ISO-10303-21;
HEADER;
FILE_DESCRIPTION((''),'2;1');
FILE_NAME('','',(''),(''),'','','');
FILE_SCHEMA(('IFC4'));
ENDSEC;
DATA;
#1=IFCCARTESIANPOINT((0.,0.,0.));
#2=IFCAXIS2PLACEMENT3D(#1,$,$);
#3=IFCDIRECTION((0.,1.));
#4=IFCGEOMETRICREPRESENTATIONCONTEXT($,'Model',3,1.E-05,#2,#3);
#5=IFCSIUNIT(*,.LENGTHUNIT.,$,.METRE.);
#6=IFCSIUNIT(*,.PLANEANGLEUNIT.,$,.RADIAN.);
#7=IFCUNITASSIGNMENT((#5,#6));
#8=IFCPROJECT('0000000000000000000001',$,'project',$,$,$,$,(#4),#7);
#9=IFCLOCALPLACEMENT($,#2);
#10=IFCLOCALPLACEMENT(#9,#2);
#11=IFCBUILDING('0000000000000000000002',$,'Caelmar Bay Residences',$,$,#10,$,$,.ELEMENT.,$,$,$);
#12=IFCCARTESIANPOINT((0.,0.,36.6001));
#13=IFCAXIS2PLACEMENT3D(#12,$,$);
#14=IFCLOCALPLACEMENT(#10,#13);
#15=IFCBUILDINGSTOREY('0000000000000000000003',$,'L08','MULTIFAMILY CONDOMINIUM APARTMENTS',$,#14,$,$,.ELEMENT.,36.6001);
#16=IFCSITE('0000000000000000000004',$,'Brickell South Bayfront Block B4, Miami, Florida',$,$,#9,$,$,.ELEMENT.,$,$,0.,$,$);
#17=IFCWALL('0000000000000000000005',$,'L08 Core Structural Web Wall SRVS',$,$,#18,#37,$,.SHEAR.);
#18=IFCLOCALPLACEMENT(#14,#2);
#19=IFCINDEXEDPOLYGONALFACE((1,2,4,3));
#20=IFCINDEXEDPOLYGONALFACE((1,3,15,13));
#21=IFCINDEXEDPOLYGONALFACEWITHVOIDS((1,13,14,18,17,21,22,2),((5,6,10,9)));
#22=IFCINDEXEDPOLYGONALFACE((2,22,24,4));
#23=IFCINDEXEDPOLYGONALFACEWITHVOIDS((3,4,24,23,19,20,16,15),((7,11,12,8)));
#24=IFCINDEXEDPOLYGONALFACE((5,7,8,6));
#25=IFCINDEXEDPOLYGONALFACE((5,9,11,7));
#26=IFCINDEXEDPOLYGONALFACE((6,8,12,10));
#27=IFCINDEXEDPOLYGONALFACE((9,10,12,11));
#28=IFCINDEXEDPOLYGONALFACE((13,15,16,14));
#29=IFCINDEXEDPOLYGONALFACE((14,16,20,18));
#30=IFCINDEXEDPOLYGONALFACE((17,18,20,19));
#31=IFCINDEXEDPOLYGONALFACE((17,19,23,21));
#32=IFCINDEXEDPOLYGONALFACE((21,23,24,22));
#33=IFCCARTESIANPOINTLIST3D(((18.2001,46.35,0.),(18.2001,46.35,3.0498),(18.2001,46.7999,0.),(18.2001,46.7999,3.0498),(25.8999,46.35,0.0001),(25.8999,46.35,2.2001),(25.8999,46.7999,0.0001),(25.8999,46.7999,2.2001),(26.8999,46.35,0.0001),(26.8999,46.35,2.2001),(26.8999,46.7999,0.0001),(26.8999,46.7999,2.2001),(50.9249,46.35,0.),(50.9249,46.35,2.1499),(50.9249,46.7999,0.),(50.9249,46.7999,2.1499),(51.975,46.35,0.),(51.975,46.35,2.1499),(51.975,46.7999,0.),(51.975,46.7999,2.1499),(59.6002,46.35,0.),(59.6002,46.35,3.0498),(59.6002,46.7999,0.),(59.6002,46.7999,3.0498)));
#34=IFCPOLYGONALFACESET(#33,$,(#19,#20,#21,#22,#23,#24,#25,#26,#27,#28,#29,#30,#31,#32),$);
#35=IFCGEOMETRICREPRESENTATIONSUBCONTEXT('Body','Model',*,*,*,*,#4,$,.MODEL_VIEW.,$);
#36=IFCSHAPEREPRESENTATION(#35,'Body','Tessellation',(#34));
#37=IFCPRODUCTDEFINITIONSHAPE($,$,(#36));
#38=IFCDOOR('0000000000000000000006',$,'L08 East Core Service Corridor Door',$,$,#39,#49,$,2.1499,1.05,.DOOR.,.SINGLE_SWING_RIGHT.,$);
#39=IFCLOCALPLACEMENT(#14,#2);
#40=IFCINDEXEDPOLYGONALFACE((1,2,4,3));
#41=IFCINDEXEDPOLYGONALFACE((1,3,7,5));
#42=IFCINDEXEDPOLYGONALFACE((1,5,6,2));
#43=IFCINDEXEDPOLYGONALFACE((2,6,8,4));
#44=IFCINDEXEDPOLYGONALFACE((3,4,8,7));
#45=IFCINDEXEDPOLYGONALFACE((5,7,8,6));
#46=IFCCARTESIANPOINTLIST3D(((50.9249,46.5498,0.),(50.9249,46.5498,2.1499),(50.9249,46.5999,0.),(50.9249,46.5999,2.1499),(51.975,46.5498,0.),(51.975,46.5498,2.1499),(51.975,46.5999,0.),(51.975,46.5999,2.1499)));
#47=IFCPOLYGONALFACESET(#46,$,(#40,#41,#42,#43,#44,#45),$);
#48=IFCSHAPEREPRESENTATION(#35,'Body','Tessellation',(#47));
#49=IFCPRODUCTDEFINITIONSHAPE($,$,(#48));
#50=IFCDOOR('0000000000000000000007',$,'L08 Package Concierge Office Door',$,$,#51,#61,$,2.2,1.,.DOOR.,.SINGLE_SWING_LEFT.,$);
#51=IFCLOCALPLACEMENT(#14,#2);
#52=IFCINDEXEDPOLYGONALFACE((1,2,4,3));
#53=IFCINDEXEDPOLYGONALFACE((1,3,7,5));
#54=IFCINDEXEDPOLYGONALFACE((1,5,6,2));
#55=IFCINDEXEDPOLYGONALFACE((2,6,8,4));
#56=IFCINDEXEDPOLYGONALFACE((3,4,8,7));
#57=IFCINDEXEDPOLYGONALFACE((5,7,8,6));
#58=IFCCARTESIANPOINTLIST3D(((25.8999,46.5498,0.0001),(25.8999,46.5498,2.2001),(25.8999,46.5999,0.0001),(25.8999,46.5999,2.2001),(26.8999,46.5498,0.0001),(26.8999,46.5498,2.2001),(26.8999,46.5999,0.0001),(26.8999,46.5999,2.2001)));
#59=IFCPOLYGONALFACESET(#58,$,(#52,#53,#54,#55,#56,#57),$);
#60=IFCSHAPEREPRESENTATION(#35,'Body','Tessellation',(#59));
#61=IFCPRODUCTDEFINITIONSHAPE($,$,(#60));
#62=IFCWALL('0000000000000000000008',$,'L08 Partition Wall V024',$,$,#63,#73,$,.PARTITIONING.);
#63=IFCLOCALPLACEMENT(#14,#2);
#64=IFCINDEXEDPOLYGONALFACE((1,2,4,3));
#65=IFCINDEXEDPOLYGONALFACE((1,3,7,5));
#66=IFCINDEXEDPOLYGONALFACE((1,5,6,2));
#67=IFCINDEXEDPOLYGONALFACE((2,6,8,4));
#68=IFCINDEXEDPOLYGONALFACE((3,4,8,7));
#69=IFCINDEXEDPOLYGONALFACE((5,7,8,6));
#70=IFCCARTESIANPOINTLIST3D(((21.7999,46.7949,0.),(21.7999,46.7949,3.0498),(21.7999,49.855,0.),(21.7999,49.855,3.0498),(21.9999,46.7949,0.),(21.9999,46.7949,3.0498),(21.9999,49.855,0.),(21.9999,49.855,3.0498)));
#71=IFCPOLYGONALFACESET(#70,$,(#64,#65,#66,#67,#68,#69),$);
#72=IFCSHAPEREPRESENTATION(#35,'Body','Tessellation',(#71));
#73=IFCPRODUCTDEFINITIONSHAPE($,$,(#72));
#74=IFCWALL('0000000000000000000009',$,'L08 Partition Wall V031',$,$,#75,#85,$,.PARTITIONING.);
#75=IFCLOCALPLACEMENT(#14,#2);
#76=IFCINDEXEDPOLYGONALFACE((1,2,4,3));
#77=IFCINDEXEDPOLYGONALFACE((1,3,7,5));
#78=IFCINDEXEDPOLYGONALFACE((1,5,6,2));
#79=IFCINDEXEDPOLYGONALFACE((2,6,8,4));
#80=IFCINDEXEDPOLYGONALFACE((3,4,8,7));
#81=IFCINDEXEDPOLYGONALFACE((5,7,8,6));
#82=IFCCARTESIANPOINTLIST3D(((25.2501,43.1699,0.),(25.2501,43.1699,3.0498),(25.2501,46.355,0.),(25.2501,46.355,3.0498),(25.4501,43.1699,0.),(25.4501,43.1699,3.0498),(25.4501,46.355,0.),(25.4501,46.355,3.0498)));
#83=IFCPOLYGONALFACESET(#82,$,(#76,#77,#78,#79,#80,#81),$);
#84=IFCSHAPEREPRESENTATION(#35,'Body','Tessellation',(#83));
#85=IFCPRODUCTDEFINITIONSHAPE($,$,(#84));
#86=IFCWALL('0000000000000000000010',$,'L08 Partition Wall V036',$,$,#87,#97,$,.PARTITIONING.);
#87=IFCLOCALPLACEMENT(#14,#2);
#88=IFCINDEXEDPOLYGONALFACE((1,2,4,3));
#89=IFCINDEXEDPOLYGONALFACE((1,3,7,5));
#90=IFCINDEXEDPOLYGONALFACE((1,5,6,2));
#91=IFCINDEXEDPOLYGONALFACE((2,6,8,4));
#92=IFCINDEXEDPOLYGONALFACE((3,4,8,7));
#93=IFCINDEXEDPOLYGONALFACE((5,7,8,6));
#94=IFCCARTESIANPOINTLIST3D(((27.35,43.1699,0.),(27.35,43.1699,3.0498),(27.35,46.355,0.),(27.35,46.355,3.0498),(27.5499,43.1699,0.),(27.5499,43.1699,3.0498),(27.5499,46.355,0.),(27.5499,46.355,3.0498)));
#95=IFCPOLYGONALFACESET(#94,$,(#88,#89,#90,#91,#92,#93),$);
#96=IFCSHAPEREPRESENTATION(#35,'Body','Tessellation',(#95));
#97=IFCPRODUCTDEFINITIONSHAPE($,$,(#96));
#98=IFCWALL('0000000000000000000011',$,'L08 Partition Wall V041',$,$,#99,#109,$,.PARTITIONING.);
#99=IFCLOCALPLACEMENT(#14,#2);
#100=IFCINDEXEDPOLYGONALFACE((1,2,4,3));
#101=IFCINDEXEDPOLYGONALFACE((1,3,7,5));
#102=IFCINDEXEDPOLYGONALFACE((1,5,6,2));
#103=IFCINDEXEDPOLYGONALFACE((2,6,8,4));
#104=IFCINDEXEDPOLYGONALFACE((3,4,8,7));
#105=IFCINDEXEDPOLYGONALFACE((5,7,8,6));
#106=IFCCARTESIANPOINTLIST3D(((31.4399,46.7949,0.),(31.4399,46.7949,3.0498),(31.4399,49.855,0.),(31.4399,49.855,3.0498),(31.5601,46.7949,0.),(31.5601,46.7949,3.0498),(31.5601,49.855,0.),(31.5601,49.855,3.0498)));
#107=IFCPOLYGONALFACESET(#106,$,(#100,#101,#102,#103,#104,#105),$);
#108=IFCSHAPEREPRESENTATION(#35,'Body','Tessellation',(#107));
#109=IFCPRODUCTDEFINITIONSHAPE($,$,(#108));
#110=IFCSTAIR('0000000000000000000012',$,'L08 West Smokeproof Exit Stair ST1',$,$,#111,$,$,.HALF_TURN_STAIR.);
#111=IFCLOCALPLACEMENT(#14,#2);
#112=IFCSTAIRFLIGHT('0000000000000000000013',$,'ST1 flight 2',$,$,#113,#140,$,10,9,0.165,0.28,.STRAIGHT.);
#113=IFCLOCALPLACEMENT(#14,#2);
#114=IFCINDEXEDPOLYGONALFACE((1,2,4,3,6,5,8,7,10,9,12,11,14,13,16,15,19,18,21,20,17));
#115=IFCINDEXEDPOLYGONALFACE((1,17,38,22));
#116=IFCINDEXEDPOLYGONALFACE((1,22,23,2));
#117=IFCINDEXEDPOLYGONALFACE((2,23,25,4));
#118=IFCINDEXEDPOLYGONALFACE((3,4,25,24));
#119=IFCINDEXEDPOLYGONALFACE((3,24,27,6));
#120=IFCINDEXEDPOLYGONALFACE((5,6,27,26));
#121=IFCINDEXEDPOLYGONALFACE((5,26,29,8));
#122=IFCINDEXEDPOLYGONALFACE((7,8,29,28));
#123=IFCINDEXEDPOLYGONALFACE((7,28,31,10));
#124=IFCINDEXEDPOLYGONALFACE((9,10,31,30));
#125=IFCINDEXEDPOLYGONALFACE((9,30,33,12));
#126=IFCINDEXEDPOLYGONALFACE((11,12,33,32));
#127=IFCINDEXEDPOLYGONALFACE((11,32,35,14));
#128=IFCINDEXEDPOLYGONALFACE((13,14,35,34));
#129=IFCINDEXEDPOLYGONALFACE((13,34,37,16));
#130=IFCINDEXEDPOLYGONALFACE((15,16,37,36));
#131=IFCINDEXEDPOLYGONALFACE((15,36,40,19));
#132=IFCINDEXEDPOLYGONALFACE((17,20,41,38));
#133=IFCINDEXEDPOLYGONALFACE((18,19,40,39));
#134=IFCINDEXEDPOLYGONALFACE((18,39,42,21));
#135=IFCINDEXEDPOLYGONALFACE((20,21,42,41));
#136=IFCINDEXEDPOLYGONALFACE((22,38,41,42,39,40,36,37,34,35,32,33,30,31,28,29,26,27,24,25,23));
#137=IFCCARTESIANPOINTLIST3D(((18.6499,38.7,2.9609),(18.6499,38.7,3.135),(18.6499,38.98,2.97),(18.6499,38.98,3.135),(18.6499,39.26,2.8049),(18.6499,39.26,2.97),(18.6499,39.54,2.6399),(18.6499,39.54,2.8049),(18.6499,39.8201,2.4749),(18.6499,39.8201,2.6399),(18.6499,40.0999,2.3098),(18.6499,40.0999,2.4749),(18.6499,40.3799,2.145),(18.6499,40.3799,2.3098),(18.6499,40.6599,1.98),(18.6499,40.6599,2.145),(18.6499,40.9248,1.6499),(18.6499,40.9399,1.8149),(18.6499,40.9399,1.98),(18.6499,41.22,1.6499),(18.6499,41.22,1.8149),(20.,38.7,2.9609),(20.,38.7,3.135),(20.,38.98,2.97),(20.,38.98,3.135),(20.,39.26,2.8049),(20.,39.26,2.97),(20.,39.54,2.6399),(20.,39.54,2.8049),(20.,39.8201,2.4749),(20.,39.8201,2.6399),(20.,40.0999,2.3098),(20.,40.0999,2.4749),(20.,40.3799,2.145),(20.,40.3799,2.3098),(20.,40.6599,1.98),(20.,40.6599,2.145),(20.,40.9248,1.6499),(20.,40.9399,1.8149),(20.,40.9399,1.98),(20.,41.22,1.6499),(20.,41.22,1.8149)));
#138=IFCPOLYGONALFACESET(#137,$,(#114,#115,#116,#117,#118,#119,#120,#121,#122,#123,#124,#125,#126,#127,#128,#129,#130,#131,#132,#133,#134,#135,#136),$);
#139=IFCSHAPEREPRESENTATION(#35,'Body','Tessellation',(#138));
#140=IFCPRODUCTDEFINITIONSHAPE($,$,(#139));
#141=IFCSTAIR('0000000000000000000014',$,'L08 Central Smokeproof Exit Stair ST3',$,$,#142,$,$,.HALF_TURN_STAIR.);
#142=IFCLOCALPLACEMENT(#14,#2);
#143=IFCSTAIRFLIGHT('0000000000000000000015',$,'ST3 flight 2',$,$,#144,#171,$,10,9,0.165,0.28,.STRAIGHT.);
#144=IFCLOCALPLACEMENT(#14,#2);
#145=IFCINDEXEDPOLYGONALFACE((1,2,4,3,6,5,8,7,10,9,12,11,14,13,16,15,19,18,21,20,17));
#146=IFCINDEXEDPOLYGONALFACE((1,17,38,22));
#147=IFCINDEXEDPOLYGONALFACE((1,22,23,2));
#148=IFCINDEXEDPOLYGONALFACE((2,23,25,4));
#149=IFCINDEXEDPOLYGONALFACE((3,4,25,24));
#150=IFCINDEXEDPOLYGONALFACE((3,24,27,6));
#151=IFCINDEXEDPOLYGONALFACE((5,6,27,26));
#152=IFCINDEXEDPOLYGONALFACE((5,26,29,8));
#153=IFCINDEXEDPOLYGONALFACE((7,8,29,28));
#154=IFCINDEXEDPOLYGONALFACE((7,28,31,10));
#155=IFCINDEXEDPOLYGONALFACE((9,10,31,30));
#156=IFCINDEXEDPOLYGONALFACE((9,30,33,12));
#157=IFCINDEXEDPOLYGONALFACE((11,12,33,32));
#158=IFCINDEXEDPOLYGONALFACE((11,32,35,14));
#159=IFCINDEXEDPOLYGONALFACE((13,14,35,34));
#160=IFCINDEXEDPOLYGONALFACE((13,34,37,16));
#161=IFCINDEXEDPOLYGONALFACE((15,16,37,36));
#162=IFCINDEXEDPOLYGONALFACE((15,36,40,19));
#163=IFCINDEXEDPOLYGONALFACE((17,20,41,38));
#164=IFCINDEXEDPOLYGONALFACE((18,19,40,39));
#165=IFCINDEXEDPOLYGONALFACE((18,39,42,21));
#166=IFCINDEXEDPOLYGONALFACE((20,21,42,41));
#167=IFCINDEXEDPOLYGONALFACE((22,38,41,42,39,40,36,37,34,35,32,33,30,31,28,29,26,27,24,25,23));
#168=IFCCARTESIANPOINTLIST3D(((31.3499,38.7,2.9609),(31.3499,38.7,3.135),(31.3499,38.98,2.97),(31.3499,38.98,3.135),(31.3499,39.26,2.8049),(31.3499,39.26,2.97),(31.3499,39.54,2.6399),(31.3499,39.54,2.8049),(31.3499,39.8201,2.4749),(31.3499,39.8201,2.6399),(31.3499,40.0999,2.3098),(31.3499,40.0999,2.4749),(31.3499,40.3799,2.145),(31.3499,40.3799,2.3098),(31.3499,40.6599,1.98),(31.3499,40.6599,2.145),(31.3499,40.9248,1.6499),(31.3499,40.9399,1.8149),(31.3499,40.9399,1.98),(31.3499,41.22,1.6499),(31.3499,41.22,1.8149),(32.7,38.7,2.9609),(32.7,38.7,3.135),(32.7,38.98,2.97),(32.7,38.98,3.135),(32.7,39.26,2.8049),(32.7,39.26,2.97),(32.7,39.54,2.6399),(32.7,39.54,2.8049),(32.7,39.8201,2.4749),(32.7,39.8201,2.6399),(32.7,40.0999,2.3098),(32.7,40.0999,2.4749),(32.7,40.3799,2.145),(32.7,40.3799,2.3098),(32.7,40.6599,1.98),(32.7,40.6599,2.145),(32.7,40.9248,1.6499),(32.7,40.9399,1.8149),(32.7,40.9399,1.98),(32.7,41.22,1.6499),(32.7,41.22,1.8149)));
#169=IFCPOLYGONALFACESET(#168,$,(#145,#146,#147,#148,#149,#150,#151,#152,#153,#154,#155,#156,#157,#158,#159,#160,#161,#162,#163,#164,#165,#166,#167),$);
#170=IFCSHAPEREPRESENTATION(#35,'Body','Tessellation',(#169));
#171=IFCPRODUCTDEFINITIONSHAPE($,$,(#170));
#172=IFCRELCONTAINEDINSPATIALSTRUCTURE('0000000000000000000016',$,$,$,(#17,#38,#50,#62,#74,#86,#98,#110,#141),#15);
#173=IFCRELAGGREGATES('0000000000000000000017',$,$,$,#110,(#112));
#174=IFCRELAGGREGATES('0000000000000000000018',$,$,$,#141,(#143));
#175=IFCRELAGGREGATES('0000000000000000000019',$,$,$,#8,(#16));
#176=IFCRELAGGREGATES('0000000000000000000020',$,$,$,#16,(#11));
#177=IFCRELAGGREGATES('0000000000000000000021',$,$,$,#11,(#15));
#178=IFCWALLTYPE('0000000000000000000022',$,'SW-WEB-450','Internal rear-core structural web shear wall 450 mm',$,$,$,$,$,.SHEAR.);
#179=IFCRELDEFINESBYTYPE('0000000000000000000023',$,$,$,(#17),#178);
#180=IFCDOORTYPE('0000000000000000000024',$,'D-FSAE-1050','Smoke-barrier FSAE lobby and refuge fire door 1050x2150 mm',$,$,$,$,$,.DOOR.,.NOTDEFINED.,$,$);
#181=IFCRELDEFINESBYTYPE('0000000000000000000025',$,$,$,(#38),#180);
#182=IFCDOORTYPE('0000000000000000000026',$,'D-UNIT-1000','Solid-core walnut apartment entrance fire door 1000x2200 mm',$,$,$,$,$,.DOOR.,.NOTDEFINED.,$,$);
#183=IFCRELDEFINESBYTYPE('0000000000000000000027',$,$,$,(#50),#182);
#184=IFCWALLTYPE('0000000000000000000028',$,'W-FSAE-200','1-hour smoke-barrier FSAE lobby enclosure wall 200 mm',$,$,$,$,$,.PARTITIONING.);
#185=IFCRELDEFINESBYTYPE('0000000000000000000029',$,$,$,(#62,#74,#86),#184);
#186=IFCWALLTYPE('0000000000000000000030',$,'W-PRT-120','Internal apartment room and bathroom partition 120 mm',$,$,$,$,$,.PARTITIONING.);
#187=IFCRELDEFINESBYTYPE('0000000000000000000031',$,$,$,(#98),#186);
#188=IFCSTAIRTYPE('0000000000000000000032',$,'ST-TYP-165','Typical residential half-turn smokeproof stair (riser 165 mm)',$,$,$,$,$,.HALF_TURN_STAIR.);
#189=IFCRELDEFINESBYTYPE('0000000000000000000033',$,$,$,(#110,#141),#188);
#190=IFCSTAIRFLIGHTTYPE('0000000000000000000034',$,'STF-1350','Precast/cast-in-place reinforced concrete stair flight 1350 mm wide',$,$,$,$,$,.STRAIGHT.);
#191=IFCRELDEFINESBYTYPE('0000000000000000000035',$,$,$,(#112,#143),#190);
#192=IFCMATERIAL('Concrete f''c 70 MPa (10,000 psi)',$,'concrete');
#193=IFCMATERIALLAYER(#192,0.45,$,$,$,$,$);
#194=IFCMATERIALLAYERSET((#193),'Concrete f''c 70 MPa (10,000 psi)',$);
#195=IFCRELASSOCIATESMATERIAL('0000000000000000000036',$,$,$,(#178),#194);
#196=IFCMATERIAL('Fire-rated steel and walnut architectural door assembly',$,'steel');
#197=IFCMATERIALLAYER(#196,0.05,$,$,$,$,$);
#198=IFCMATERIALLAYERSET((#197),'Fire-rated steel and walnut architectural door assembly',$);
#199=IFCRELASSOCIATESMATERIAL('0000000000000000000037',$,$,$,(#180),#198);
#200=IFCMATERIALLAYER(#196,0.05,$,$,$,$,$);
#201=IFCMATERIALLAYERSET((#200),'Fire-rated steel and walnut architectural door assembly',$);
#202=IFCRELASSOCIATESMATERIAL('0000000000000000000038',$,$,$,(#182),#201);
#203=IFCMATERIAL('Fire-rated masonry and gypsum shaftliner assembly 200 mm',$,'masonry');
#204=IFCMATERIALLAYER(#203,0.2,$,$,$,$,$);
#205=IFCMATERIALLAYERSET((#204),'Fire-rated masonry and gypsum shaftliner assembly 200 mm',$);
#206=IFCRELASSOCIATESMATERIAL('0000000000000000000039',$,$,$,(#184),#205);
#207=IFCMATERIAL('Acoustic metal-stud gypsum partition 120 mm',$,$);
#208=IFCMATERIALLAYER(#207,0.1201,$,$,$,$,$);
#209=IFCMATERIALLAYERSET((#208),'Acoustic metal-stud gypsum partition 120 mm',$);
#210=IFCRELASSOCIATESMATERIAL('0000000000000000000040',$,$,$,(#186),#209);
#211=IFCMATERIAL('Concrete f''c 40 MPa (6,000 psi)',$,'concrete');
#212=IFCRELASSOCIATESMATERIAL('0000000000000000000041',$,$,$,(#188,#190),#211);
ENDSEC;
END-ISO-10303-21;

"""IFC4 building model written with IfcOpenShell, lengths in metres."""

from ifc_helpers import new_model, si_unit, direction, frame, frame_2d, origin, place, context, subcontext, project, spatial, polyline, rectangle, outline, extrude, material, layer, layer_set, type_object, element, fill, aggregate, save


model = new_model("IFC4")

# Units and contexts
model_context = context("Model", 3, precision=1e-05, world=origin(), true_north=direction((0.0, 1.0)))
body_context = subcontext(model_context, "Body", "Model", "MODEL_VIEW")
ifc_project = project(units=[si_unit("LENGTHUNIT", "METRE"), si_unit("PLANEANGLEUNIT", "RADIAN")], contexts=[model_context])

# Site, building, storey
site_placement = place(None, origin())
site = spatial("IfcSite", under=ifc_project, at=site_placement, Name="Brickell South Bayfront Block B4, Miami, Florida", CompositionType="ELEMENT", RefElevation=0.0)
building_placement = place(site_placement, origin())
building = spatial("IfcBuilding", under=site, at=building_placement, Name="Caelmar Bay Residences", CompositionType="ELEMENT")
storey_placement = place(building_placement, frame((0.0, 0.0, 36.6001)))
storey = spatial("IfcBuildingStorey", under=building, at=storey_placement, Name="L08", Description="MULTIFAMILY CONDOMINIUM APARTMENTS", CompositionType="ELEMENT", Elevation=36.6001)

# Wall, openings, doors
ifc_material_1 = material(Name="Concrete f'c 70 MPa (10,000 psi)", Category="concrete")
ifc_layer_1 = layer(ifc_material_1, 0.45)
ifc_layer_set_1 = layer_set([ifc_layer_1], Name="Concrete f'c 70 MPa (10,000 psi)")
wall_type_1 = type_object("IfcWallType", Name="SW-WEB-450", Description="Internal rear-core structural web shear wall 450 mm", PredefinedType="SHEAR", material=ifc_layer_set_1)
ifc_material_2 = material(Name="Fire-rated steel and walnut architectural door assembly", Category="steel")
ifc_layer_2 = layer(ifc_material_2, 0.05)
ifc_layer_set_2 = layer_set([ifc_layer_2], Name="Fire-rated steel and walnut architectural door assembly")
door_type_1 = type_object("IfcDoorType", Name="D-FSAE-1050", Description="Smoke-barrier FSAE lobby and refuge fire door 1050x2150 mm", OperationType="NOTDEFINED", PredefinedType="DOOR", material=ifc_layer_set_2)
wall_1_placement = place(storey_placement, frame((18.2, 46.575, 0.0), z_axis=(0.0, 0.0, 1.0), x_axis=(1.0, 0.0, 0.0)))
wall_1 = element("IfcWall", 1, at=wall_1_placement, inside=storey, type_object=wall_type_1, Name="L08 Core Structural Web Wall SRVS", PredefinedType="SHEAR", context=body_context, shape_type="SweptSolid", body=[
    extrude(rectangle(XDim=41.4001, YDim=0.45, at=frame_2d((20.7002, 0.0))), origin(), (0.0, 0.0, 1.0), 3.0498),
])
opening_1_placement = place(wall_1_placement, frame((7.7, 0.0, 0.0)))
opening_1 = element("IfcOpeningElement", 2, at=opening_1_placement, cuts=wall_1, PredefinedType="OPENING", context=body_context, shape_type="SweptSolid", body=[
    extrude(rectangle(XDim=1.0, YDim=2.2, at=frame_2d((0.5, 1.1001))), frame((0.0, 0.2349, 0.0), z_axis=(0.0, -1.0, 0.0), x_axis=(1.0, 0.0, 0.0)), (0.0, 0.0, 1.0), 0.47),
])
opening_2_placement = place(wall_1_placement, frame((32.7251, 0.0, 0.0)))
opening_2 = element("IfcOpeningElement", 3, at=opening_2_placement, cuts=wall_1, PredefinedType="OPENING", context=body_context, shape_type="SweptSolid", body=[
    extrude(rectangle(XDim=1.05, YDim=2.1499, at=frame_2d((0.5249, 1.075))), frame((0.0, 0.2349, 0.0), z_axis=(0.0, -1.0, 0.0), x_axis=(1.0, 0.0, 0.0)), (0.0, 0.0, 1.0), 0.47),
])
door_1_placement = place(opening_2_placement, origin())
door_1 = element("IfcDoor", 4, at=door_1_placement, inside=storey, type_object=door_type_1, Name="L08 East Core Service Corridor Door", OperationType="SINGLE_SWING_RIGHT", OverallHeight=2.1499, OverallWidth=1.05, PredefinedType="DOOR", context=body_context, shape_type="SweptSolid", body=[
    extrude(rectangle(XDim=1.05, YDim=2.1499, at=frame_2d((0.5249, 1.075))), frame((0.0, 0.0249, 0.0), z_axis=(0.0, -1.0, 0.0), x_axis=(1.0, 0.0, 0.0)), (0.0, 0.0, 1.0), 0.05),
])
fill(opening_2, door_1)
ifc_layer_3 = layer(ifc_material_2, 0.05)
ifc_layer_set_3 = layer_set([ifc_layer_3], Name="Fire-rated steel and walnut architectural door assembly")
door_type_2 = type_object("IfcDoorType", Name="D-UNIT-1000", Description="Solid-core walnut apartment entrance fire door 1000x2200 mm", OperationType="NOTDEFINED", PredefinedType="DOOR", material=ifc_layer_set_3)
door_2_placement = place(opening_1_placement, origin())
door_2 = element("IfcDoor", 5, at=door_2_placement, inside=storey, type_object=door_type_2, Name="L08 Package Concierge Office Door", OperationType="SINGLE_SWING_LEFT", OverallHeight=2.2, OverallWidth=1.0, PredefinedType="DOOR", context=body_context, shape_type="SweptSolid", body=[
    extrude(rectangle(XDim=1.0, YDim=2.2, at=frame_2d((0.5, 1.1001))), frame((0.0, 0.0249, 0.0), z_axis=(0.0, -1.0, 0.0), x_axis=(1.0, 0.0, 0.0)), (0.0, 0.0, 1.0), 0.05),
])
fill(opening_1, door_2)

# Walls
ifc_material_3 = material(Name="Fire-rated masonry and gypsum shaftliner assembly 200 mm", Category="masonry")
ifc_layer_4 = layer(ifc_material_3, 0.2)
ifc_layer_set_4 = layer_set([ifc_layer_4], Name="Fire-rated masonry and gypsum shaftliner assembly 200 mm")
wall_type_2 = type_object("IfcWallType", Name="W-FSAE-200", Description="1-hour smoke-barrier FSAE lobby enclosure wall 200 mm", PredefinedType="PARTITIONING", material=ifc_layer_set_4)
wall_2_placement = place(storey_placement, frame((21.8999, 46.7949, 0.0), z_axis=(0.0, 0.0, 1.0), x_axis=(0.0, 1.0, 0.0)))
element("IfcWall", 6, at=wall_2_placement, inside=storey, type_object=wall_type_2, Name="L08 Partition Wall V024", PredefinedType="PARTITIONING", context=body_context, shape_type="SweptSolid", body=[
    extrude(rectangle(XDim=3.0601, YDim=0.2, at=frame_2d((1.53, 0.0))), origin(), (0.0, 0.0, 1.0), 3.0498),
])
for number, where, z_axis, x_axis, name in (
    (7, (25.3501, 43.1699, 0.0), (0.0, 0.0, 1.0), (0.0, 1.0, 0.0), "L08 Partition Wall V031"),
    (8, (27.45, 43.1699, 0.0), (0.0, 0.0, 1.0), (0.0, 1.0, 0.0), "L08 Partition Wall V036"),
):
    element("IfcWall", number, at=place(storey_placement, frame(where, z_axis=z_axis, x_axis=x_axis)), inside=storey, type_object=wall_type_2, Name=name, PredefinedType="PARTITIONING", context=body_context, shape_type="SweptSolid", body=[
        extrude(rectangle(XDim=3.1851, YDim=0.2, at=frame_2d((1.5925, 0.0))), origin(), (0.0, 0.0, 1.0), 3.0498),
    ])
ifc_material_4 = material(Name="Acoustic metal-stud gypsum partition 120 mm")
ifc_layer_5 = layer(ifc_material_4, 0.1201)
ifc_layer_set_5 = layer_set([ifc_layer_5], Name="Acoustic metal-stud gypsum partition 120 mm")
wall_type_3 = type_object("IfcWallType", Name="W-PRT-120", Description="Internal apartment room and bathroom partition 120 mm", PredefinedType="PARTITIONING", material=ifc_layer_set_5)
wall_3_placement = place(storey_placement, frame((31.5, 46.7949, 0.0), z_axis=(0.0, 0.0, 1.0), x_axis=(0.0, 1.0, 0.0)))
element("IfcWall", 9, at=wall_3_placement, inside=storey, type_object=wall_type_3, Name="L08 Partition Wall V041", PredefinedType="PARTITIONING", context=body_context, shape_type="SweptSolid", body=[
    extrude(rectangle(XDim=3.0601, YDim=0.1201, at=frame_2d((1.53, 0.0))), origin(), (0.0, 0.0, 1.0), 3.0498),
])

# Stairs, stair flights
ifc_material_5 = material(Name="Concrete f'c 40 MPa (6,000 psi)", Category="concrete")
stair_type = type_object("IfcStairType", Name="ST-TYP-165", Description="Typical residential half-turn smokeproof stair (riser 165 mm)", PredefinedType="HALF_TURN_STAIR", material=ifc_material_5)
stair_1_placement = place(storey_placement, origin())
stair_1 = element("IfcStair", 10, at=stair_1_placement, inside=storey, type_object=stair_type, Name="L08 West Smokeproof Exit Stair ST1", PredefinedType="HALF_TURN_STAIR")
stair_flight_type = type_object("IfcStairFlightType", Name="STF-1350", Description="Precast/cast-in-place reinforced concrete stair flight 1350 mm wide", PredefinedType="STRAIGHT", material=ifc_material_5)
stair_flight_1_placement = place(storey_placement, frame((19.325, 41.22, 1.6499), z_axis=(0.0, 0.0, 1.0), x_axis=(0.0, -1.0, 0.0)))
stair_flight_1 = element("IfcStairFlight", 11, at=stair_flight_1_placement, type_object=stair_flight_type, Name="ST1 flight 2", NumberOfRisers=10, NumberOfTreads=9, PredefinedType="STRAIGHT", RiserHeight=0.165, TreadLength=0.28, context=body_context, shape_type="SweptSolid", body=[
    extrude(outline(polyline([(0.0, 0.0), (0.0, 0.165), (0.28, 0.165), (0.28, 0.3301), (0.5601, 0.3301), (0.5601, 0.4951), (0.8401, 0.4951), (0.8401, 0.6599), (1.1201, 0.6599), (1.1201, 0.825), (1.3999, 0.825), (1.3999, 0.99), (1.6799, 0.99), (1.6799, 1.155), (1.96, 1.155), (1.96, 1.3201), (2.24, 1.3201), (2.24, 1.4851), (2.52, 1.4851), (2.52, 1.6499), (2.52, 1.311), (0.2952, 0.0), (0.0, 0.0)])), frame((0.0, 0.675, 0.0), z_axis=(0.0, -1.0, 0.0), x_axis=(1.0, 0.0, 0.0)), (0.0, 0.0, 1.0), 1.3501),
])
aggregate(stair_1, [stair_flight_1])
stair_2_placement = place(storey_placement, origin())
stair_2 = element("IfcStair", 12, at=stair_2_placement, inside=storey, type_object=stair_type, Name="L08 Central Smokeproof Exit Stair ST3", PredefinedType="HALF_TURN_STAIR")
stair_flight_2_placement = place(storey_placement, frame((32.0249, 41.22, 1.6499), z_axis=(0.0, 0.0, 1.0), x_axis=(0.0, -1.0, 0.0)))
stair_flight_2 = element("IfcStairFlight", 13, at=stair_flight_2_placement, type_object=stair_flight_type, Name="ST3 flight 2", NumberOfRisers=10, NumberOfTreads=9, PredefinedType="STRAIGHT", RiserHeight=0.165, TreadLength=0.28, context=body_context, shape_type="SweptSolid", body=[
    extrude(outline(polyline([(0.0, 0.0), (0.0, 0.165), (0.28, 0.165), (0.28, 0.3301), (0.5601, 0.3301), (0.5601, 0.4951), (0.8401, 0.4951), (0.8401, 0.6599), (1.1201, 0.6599), (1.1201, 0.825), (1.3999, 0.825), (1.3999, 0.99), (1.6799, 0.99), (1.6799, 1.155), (1.96, 1.155), (1.96, 1.3201), (2.24, 1.3201), (2.24, 1.4851), (2.52, 1.4851), (2.52, 1.6499), (2.52, 1.311), (0.2952, 0.0), (0.0, 0.0)])), frame((0.0, 0.675, 0.0), z_axis=(0.0, -1.0, 0.0), x_axis=(1.0, 0.0, 0.0)), (0.0, 0.0, 1.0), 1.3501),
])
aggregate(stair_2, [stair_flight_2])

save(model, "model.ifc")
